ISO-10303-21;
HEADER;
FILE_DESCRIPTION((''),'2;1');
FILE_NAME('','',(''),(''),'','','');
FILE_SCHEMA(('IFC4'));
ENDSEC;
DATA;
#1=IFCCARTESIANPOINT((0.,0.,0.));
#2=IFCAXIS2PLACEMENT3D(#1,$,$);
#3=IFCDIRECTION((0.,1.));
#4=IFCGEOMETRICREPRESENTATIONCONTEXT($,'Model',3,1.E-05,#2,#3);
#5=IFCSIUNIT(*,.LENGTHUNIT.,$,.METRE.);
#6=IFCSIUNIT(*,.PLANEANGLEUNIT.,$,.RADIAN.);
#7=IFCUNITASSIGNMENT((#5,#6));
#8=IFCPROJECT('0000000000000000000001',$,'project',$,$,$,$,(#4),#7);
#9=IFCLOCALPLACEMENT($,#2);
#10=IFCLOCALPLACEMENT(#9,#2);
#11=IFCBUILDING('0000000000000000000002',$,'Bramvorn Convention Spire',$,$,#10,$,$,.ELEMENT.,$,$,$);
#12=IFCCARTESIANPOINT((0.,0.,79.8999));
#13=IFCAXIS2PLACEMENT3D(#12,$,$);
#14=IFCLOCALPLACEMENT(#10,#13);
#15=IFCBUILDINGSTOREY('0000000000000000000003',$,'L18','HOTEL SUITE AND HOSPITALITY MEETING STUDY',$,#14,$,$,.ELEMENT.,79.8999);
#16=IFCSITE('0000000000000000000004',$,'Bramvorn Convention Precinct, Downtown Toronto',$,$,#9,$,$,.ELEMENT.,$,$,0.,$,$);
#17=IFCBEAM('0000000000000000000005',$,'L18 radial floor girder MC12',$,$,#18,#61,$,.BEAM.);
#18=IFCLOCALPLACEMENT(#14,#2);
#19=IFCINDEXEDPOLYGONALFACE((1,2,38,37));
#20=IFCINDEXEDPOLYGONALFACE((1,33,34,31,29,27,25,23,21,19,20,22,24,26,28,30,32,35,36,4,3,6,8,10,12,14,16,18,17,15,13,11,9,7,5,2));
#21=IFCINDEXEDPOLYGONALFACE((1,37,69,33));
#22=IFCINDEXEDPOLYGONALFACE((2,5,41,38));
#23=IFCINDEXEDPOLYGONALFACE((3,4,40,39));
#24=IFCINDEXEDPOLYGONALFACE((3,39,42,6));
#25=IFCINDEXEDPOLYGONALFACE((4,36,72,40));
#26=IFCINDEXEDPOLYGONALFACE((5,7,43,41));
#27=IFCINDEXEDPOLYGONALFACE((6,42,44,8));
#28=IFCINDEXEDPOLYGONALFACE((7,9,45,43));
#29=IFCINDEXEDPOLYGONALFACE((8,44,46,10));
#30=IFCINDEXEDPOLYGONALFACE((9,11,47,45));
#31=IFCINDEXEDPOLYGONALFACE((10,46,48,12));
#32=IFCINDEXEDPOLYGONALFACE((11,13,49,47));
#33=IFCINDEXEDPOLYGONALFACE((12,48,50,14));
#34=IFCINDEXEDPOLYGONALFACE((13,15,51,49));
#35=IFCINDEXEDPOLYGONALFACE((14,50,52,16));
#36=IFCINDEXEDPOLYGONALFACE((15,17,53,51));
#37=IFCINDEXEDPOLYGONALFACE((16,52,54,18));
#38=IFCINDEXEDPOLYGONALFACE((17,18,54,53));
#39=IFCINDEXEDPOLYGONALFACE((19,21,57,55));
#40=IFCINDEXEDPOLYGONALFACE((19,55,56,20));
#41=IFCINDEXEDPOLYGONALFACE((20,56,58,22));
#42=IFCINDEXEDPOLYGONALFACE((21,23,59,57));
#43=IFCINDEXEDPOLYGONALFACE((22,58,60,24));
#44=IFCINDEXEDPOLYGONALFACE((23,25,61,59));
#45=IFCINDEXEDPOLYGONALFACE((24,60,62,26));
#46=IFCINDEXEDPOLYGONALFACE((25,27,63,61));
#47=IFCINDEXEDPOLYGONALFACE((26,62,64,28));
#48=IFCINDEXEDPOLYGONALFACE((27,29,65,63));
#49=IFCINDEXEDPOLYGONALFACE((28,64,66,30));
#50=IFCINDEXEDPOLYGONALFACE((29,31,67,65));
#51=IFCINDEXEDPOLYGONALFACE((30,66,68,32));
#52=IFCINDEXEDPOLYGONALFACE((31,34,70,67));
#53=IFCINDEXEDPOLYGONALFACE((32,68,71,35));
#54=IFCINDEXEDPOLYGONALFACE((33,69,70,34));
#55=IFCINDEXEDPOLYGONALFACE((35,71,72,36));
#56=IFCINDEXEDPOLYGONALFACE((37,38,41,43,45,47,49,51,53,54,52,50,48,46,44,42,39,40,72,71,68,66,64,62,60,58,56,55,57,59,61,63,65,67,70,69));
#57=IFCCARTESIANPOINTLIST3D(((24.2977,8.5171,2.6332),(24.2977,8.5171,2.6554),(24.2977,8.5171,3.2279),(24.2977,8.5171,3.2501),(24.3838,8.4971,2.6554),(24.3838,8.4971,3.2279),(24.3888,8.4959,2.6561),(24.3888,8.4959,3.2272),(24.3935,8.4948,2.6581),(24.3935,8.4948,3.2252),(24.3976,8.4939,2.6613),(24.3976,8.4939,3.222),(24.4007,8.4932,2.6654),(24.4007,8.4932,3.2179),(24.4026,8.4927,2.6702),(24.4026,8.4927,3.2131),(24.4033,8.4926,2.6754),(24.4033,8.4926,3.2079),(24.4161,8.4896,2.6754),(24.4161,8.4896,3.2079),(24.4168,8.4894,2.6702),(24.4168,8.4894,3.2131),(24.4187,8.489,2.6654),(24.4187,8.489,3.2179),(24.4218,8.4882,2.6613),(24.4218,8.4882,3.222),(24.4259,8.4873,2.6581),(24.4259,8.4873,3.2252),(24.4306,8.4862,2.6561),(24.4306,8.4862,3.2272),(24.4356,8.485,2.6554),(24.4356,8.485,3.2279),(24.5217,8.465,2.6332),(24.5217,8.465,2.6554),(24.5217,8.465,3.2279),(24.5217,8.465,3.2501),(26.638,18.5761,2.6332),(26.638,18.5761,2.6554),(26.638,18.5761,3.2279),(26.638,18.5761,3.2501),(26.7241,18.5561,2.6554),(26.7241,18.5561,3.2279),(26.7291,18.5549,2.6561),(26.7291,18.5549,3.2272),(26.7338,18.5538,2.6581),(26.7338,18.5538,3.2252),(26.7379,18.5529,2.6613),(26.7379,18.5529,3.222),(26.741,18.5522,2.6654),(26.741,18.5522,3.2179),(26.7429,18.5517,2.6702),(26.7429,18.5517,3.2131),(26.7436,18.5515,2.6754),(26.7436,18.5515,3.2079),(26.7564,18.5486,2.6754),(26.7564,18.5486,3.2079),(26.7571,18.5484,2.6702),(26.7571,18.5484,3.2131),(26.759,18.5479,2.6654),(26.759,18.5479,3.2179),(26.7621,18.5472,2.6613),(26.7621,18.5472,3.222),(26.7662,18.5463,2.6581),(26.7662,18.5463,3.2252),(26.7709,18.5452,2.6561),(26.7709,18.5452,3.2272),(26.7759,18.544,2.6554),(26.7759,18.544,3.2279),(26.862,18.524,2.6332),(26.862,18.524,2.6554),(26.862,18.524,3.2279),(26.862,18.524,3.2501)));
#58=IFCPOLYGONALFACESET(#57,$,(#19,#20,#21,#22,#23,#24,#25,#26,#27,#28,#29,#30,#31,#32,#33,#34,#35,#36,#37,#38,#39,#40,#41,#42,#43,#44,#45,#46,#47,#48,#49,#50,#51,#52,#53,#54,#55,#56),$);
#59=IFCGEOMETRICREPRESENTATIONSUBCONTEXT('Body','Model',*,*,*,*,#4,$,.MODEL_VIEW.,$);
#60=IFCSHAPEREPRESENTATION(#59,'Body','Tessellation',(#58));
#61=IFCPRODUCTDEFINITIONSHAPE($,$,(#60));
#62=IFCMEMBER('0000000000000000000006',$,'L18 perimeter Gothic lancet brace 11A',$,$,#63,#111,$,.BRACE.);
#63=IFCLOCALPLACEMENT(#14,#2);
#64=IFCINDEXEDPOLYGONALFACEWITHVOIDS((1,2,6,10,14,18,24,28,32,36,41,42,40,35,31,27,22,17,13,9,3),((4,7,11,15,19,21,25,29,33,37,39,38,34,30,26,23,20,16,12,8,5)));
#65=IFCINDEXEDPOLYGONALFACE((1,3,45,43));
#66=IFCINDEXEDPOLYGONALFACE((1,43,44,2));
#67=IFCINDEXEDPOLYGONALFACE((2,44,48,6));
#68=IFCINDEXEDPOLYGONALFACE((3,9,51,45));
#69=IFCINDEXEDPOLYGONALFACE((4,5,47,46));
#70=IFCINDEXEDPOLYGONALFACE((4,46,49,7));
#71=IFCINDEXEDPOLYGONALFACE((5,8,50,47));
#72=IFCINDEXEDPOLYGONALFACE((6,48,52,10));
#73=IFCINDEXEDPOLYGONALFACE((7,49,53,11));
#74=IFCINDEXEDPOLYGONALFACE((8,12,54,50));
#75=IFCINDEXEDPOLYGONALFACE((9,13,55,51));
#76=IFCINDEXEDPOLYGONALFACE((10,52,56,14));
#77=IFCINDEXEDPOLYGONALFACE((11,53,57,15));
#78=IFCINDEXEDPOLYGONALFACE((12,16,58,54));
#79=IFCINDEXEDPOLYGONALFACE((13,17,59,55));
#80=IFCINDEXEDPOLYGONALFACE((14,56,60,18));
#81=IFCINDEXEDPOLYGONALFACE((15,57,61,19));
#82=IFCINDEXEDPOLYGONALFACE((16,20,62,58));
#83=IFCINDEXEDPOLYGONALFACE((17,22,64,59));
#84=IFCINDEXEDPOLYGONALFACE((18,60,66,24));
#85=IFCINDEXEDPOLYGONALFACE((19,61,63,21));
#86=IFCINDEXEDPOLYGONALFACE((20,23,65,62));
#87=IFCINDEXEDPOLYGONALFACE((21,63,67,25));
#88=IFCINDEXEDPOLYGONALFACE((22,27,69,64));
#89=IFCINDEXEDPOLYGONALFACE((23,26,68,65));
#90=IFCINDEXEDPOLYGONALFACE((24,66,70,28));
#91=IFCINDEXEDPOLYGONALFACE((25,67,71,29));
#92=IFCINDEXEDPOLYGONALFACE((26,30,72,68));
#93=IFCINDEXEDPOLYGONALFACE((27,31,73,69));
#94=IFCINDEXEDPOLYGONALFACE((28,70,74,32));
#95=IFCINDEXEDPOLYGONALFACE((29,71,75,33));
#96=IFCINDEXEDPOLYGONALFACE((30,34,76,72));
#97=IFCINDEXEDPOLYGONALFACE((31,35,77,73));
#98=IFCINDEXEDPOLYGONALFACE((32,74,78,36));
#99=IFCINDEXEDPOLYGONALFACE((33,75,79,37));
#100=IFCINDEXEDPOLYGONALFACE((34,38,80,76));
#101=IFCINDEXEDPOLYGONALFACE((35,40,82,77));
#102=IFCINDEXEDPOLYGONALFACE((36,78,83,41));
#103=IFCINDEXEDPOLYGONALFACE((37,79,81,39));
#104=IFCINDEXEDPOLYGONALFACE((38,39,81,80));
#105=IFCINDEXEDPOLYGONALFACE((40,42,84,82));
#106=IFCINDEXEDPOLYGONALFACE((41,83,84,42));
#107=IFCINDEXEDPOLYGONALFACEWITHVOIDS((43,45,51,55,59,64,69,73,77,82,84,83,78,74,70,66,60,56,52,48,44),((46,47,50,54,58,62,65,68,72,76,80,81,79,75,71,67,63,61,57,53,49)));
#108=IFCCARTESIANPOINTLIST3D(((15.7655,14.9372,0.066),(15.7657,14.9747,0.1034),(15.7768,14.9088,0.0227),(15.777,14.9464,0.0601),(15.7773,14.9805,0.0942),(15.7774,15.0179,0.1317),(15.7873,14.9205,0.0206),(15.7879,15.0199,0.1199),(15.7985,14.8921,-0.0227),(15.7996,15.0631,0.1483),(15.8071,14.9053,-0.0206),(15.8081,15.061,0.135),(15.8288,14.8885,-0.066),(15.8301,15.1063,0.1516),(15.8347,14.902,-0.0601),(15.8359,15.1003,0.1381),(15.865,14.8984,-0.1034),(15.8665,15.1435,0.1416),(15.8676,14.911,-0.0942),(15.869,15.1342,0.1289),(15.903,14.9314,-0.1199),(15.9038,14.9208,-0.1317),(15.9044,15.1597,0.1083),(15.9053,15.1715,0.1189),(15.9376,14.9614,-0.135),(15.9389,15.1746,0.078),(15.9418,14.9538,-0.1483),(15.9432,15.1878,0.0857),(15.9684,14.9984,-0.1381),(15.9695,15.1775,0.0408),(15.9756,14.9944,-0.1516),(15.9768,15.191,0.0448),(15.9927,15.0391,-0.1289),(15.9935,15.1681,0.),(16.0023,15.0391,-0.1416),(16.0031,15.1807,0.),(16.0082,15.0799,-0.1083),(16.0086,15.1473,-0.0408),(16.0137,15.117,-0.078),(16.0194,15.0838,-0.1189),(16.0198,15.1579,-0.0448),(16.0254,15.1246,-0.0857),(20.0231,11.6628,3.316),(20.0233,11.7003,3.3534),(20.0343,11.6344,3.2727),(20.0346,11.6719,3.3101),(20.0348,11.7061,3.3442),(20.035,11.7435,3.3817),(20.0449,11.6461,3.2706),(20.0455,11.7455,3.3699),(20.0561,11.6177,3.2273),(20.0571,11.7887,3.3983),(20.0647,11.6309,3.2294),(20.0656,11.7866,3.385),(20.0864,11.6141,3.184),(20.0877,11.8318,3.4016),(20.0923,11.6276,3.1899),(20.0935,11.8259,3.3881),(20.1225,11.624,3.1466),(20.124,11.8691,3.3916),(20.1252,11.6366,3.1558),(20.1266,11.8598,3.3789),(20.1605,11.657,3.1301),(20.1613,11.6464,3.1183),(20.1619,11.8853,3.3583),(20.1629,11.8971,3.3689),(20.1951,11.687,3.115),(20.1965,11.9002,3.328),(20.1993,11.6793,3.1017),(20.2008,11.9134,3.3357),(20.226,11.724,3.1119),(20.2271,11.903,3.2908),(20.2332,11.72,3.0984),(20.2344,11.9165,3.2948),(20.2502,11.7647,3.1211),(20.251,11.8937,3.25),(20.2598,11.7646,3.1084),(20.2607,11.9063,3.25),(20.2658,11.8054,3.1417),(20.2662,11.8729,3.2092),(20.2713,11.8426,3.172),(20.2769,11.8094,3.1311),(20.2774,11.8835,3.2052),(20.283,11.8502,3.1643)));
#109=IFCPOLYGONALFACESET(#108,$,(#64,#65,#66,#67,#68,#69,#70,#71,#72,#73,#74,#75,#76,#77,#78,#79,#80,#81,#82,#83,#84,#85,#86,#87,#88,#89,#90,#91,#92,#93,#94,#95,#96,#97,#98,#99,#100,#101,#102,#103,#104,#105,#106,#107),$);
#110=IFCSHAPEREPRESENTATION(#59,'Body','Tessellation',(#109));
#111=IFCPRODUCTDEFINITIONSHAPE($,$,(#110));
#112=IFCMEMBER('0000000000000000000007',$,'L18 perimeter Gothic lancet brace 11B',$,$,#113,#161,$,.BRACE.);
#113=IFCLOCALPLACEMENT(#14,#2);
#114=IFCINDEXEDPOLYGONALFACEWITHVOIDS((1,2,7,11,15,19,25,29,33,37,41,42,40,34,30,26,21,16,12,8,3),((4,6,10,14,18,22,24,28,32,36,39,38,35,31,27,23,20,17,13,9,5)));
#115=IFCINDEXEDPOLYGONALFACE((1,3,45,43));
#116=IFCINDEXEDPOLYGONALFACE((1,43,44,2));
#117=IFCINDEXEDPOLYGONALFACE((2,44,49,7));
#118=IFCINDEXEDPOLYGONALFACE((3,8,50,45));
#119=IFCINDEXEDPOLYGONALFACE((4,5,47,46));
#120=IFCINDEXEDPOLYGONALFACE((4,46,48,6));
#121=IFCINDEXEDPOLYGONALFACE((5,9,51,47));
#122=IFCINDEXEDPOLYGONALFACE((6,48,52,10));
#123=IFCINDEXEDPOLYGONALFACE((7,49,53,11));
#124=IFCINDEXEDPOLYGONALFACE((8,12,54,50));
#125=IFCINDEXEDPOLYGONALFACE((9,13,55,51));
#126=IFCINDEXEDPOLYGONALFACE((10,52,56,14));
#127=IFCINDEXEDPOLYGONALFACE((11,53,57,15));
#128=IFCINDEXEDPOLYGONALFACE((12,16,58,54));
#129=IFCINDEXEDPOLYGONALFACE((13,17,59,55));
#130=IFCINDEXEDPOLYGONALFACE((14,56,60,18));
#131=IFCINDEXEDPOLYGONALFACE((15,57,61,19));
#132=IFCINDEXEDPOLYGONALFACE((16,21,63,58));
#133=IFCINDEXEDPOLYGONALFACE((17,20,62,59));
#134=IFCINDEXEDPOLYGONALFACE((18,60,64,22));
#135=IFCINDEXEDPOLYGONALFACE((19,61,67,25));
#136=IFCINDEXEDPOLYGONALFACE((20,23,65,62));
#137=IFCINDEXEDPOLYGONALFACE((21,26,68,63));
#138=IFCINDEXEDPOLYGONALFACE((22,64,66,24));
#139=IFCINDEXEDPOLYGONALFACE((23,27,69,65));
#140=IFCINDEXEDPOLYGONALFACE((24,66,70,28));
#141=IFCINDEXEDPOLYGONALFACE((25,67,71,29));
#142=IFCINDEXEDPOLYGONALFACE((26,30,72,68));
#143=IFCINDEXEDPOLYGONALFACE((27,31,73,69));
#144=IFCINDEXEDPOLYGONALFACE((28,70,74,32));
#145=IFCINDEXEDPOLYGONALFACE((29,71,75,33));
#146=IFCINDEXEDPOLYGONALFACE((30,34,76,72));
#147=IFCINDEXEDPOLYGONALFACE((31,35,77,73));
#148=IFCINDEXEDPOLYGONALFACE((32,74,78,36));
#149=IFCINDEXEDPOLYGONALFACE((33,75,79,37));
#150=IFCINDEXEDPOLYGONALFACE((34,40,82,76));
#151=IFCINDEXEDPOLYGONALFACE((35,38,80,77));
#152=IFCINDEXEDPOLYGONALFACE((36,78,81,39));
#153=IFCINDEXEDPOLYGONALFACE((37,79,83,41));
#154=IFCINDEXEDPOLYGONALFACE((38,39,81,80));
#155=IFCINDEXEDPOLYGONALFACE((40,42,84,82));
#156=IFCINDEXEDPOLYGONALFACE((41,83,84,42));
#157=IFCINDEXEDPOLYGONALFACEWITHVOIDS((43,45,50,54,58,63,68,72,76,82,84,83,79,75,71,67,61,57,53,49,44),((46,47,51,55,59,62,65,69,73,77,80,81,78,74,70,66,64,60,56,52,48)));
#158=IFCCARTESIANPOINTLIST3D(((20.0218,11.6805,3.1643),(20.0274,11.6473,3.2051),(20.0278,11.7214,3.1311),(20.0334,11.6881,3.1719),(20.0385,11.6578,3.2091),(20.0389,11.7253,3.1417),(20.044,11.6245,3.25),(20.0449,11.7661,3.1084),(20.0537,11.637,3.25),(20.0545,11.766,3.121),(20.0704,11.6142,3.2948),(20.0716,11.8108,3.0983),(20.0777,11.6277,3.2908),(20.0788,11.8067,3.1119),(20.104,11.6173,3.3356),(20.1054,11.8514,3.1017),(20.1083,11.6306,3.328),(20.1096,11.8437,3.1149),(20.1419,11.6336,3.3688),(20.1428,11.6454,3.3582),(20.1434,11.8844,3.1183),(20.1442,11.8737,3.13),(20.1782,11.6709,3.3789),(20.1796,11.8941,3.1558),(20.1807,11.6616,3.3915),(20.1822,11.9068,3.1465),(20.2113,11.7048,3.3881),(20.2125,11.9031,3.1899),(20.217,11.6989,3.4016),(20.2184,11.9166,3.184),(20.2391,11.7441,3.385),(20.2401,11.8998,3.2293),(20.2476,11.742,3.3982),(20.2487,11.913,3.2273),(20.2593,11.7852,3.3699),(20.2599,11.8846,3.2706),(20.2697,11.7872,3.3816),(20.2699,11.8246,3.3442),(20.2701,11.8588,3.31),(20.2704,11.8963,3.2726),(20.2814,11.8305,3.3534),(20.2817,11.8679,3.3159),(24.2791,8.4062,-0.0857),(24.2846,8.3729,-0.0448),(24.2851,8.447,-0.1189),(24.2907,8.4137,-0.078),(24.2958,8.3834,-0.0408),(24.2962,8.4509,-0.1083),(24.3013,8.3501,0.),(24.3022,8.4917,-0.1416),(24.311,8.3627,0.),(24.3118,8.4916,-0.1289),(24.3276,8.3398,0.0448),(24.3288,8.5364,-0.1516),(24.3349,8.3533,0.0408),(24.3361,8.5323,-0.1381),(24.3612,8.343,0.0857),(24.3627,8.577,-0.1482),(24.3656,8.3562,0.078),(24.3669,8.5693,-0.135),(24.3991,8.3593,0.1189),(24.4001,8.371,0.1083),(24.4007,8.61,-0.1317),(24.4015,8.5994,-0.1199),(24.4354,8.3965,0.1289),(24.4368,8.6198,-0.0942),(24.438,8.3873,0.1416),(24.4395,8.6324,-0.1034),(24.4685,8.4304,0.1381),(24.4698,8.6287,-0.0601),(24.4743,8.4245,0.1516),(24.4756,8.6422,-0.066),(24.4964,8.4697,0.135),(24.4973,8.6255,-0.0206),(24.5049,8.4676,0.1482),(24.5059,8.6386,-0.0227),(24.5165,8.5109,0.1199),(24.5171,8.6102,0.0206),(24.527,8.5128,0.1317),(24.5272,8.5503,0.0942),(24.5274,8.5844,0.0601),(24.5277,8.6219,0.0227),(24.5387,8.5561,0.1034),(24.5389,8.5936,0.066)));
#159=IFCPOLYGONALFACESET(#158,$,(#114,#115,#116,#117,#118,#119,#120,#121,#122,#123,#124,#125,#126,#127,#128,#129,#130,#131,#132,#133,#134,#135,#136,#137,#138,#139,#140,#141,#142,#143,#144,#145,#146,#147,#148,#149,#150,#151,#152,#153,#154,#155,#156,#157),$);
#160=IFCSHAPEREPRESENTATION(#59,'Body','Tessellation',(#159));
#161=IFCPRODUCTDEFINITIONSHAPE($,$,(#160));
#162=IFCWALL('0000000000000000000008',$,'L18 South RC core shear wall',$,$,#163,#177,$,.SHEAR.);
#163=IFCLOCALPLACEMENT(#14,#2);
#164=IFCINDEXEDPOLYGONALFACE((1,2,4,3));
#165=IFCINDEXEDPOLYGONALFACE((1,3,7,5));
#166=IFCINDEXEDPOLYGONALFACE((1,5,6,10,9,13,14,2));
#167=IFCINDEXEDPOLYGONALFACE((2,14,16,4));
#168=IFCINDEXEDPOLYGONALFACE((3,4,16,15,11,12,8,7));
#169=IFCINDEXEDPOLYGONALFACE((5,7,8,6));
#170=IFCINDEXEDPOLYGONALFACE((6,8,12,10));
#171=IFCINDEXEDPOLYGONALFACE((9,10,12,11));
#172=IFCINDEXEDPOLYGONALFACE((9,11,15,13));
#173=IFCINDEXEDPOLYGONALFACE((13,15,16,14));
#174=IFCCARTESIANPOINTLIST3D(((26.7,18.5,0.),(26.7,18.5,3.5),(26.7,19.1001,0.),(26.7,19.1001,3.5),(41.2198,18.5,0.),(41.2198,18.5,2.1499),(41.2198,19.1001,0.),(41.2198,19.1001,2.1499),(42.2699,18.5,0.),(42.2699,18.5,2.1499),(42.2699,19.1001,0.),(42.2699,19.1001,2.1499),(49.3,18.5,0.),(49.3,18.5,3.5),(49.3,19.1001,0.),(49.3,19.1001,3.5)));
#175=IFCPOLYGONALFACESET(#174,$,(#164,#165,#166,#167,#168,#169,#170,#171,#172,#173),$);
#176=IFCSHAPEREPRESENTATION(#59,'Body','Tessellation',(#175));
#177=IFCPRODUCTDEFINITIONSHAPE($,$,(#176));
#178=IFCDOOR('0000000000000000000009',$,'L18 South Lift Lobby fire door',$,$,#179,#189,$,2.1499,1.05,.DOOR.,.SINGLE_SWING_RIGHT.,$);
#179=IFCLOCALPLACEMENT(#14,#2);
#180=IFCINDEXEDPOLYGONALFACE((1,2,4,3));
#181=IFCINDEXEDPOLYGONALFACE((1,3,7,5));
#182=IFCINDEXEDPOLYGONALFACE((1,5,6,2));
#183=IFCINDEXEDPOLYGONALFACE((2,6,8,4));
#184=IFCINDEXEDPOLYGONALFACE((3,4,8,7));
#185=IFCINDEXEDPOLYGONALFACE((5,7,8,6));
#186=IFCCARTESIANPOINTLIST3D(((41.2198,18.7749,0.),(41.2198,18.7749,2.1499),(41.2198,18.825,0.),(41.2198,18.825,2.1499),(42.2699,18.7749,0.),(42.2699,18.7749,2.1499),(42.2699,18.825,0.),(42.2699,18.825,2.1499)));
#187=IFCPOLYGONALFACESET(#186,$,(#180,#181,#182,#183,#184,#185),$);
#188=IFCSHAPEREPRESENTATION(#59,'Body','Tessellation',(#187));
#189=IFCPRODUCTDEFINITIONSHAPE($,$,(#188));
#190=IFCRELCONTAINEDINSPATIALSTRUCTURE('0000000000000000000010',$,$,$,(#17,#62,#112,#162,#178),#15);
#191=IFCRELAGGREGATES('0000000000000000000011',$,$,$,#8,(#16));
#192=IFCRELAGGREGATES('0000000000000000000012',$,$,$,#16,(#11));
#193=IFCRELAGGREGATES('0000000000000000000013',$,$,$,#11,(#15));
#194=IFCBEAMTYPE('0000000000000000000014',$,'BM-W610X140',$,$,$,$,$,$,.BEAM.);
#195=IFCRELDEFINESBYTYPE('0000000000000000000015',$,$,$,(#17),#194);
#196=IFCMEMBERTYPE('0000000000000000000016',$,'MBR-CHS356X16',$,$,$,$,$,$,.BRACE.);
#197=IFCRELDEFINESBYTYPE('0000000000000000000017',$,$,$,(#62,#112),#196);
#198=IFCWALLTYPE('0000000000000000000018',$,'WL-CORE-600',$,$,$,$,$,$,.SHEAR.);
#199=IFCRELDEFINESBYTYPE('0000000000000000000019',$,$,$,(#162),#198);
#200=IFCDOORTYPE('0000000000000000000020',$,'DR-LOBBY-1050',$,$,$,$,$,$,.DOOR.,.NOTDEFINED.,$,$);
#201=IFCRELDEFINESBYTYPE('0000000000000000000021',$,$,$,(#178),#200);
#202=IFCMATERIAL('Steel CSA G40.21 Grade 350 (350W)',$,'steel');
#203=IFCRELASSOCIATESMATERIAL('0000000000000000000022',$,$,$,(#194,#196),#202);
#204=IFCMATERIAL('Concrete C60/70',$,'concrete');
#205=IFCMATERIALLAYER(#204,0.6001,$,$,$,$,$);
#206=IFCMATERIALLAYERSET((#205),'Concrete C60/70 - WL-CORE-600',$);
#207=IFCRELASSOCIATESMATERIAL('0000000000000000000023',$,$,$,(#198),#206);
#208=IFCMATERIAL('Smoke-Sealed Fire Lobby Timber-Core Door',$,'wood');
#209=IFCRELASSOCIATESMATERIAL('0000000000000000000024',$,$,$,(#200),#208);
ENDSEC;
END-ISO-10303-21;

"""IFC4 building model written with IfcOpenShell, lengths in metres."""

from ifc_helpers import new_model, si_unit, direction, frame, frame_2d, origin, origin_2d, place, context, subcontext, project, spatial, rectangle, hollow_circle, i_section, extrude, material, layer, layer_set, material_profile, profile_set, type_object, element, fill, save


model = new_model("IFC4")

# Units and contexts
model_context = context("Model", 3, precision=1e-05, world=origin(), true_north=direction((0.0, 1.0)))
body_context = subcontext(model_context, "Body", "Model", "MODEL_VIEW")
ifc_project = project(units=[si_unit("LENGTHUNIT", "METRE"), si_unit("PLANEANGLEUNIT", "RADIAN")], contexts=[model_context])

# Site, building, storey
site_placement = place(None, origin())
site = spatial("IfcSite", under=ifc_project, at=site_placement, Name="Bramvorn Convention Precinct, Downtown Toronto", CompositionType="ELEMENT", RefElevation=0.0)
building_placement = place(site_placement, origin())
building = spatial("IfcBuilding", under=site, at=building_placement, Name="Bramvorn Convention Spire", CompositionType="ELEMENT")
storey_placement = place(building_placement, frame((0.0, 0.0, 79.8999)))
storey = spatial("IfcBuildingStorey", under=building, at=storey_placement, Name="L18", Description="HOTEL SUITE AND HOSPITALITY MEETING STUDY", CompositionType="ELEMENT", Elevation=79.8999)

# Shared definitions
ifc_material_1 = material(Name="Steel CSA G40.21 Grade 350 (350W)", Category="steel")

# Beam
ifc_material_profile_1 = material_profile(ifc_material_1, i_section(OverallWidth=0.23, OverallDepth=0.6169, WebThickness=0.0132, FlangeThickness=0.0222, FilletRadius=0.02, at=origin_2d()))
ifc_profile_set_1 = profile_set([ifc_material_profile_1], Name="Steel CSA G40.21 Grade 350 (350W) - W610X140")
beam_type_1 = type_object("IfcBeamType", Name="BM-W610X140", PredefinedType="BEAM", material=ifc_profile_set_1)
beam_1_placement = place(storey_placement, frame((26.75, 18.55, 2.9417), z_axis=(-0.226606, -0.973986, 0.0), x_axis=(0.973986, -0.226606, 0.0)))
element("IfcBeam", 1, at=beam_1_placement, inside=storey, type_object=beam_type_1, Name="L18 radial floor girder MC12", PredefinedType="BEAM", context=body_context, shape_type="SweptSolid", body=[
    extrude(i_section(OverallWidth=0.23, OverallDepth=0.6169, WebThickness=0.0132, FlangeThickness=0.0222, FilletRadius=0.02, at=origin_2d()), origin(), (0.0, 0.0, 1.0), 10.3276),
])

# Members
ifc_material_profile_2 = material_profile(ifc_material_1, hollow_circle(Radius=0.1777, WallThickness=0.0159, at=origin_2d()))
ifc_profile_set_2 = profile_set([ifc_material_profile_2], Name="Steel CSA G40.21 Grade 350 (350W) - CHS356X16")
member_type = type_object("IfcMemberType", Name="MBR-CHS356X16", PredefinedType="BRACE", material=ifc_profile_set_2)
member_1_placement = place(storey_placement, frame((15.8948, 15.0398, 0.0), z_axis=(0.678191, -0.521584, 0.517695), x_axis=(0.609636, 0.792681, 0.0)))
element("IfcMember", 2, at=member_1_placement, inside=storey, type_object=member_type, Name="L18 perimeter Gothic lancet brace 11A", PredefinedType="BRACE", context=body_context, shape_type="SweptSolid", body=[
    extrude(hollow_circle(Radius=0.1777, WallThickness=0.0159, at=origin_2d()), origin(), (0.0, 0.0, 1.0), 6.2778),
])
member_2_placement = place(storey_placement, frame((24.4097, 8.491, 0.0), z_axis=(-0.67817, 0.521597, 0.517708), x_axis=(-0.609658, -0.792665, 0.0)))
element("IfcMember", 3, at=member_2_placement, inside=storey, type_object=member_type, Name="L18 perimeter Gothic lancet brace 11B", PredefinedType="BRACE", context=body_context, shape_type="SweptSolid", body=[
    extrude(hollow_circle(Radius=0.1777, WallThickness=0.0159, at=origin_2d()), origin(), (0.0, 0.0, 1.0), 6.2776),
])

# Wall, opening, door
ifc_material_2 = material(Name="Concrete C60/70", Category="concrete")
ifc_layer_1 = layer(ifc_material_2, 0.6001)
ifc_layer_set_1 = layer_set([ifc_layer_1], Name="Concrete C60/70 - WL-CORE-600")
wall_type_1 = type_object("IfcWallType", Name="WL-CORE-600", PredefinedType="SHEAR", material=ifc_layer_set_1)
wall_1_placement = place(storey_placement, frame((26.7, 18.8, 0.0), z_axis=(0.0, 0.0, 1.0), x_axis=(1.0, 0.0, 0.0)))
wall_1 = element("IfcWall", 4, at=wall_1_placement, inside=storey, type_object=wall_type_1, Name="L18 South RC core shear wall", PredefinedType="SHEAR", context=body_context, shape_type="SweptSolid", body=[
    extrude(rectangle(XDim=22.6001, YDim=0.6001, at=frame_2d((11.3, 0.0))), origin(), (0.0, 0.0, 1.0), 3.5),
])
opening_1_placement = place(wall_1_placement, frame((14.52, 0.0, 0.0)))
opening_1 = element("IfcOpeningElement", 5, at=opening_1_placement, cuts=wall_1, PredefinedType="OPENING", context=body_context, shape_type="SweptSolid", body=[
    extrude(rectangle(XDim=1.05, YDim=2.1499, at=frame_2d((0.5249, 1.075))), frame((0.0, 0.3101, 0.0), z_axis=(0.0, -1.0, 0.0), x_axis=(1.0, 0.0, 0.0)), (0.0, 0.0, 1.0), 0.6201),
])
ifc_material_3 = material(Name="Smoke-Sealed Fire Lobby Timber-Core Door", Category="wood")
door_type_1 = type_object("IfcDoorType", Name="DR-LOBBY-1050", OperationType="NOTDEFINED", PredefinedType="DOOR", material=ifc_material_3)
door_1_placement = place(opening_1_placement, origin())
door_1 = element("IfcDoor", 6, at=door_1_placement, inside=storey, type_object=door_type_1, Name="L18 South Lift Lobby fire door", OperationType="SINGLE_SWING_RIGHT", OverallHeight=2.1499, OverallWidth=1.05, PredefinedType="DOOR", context=body_context, shape_type="SweptSolid", body=[
    extrude(rectangle(XDim=1.05, YDim=2.1499, at=frame_2d((0.5249, 1.075))), frame((0.0, 0.0249, 0.0), z_axis=(0.0, -1.0, 0.0), x_axis=(1.0, 0.0, 0.0)), (0.0, 0.0, 1.0), 0.05),
])
fill(opening_1, door_1)

save(model, "model.ifc")
